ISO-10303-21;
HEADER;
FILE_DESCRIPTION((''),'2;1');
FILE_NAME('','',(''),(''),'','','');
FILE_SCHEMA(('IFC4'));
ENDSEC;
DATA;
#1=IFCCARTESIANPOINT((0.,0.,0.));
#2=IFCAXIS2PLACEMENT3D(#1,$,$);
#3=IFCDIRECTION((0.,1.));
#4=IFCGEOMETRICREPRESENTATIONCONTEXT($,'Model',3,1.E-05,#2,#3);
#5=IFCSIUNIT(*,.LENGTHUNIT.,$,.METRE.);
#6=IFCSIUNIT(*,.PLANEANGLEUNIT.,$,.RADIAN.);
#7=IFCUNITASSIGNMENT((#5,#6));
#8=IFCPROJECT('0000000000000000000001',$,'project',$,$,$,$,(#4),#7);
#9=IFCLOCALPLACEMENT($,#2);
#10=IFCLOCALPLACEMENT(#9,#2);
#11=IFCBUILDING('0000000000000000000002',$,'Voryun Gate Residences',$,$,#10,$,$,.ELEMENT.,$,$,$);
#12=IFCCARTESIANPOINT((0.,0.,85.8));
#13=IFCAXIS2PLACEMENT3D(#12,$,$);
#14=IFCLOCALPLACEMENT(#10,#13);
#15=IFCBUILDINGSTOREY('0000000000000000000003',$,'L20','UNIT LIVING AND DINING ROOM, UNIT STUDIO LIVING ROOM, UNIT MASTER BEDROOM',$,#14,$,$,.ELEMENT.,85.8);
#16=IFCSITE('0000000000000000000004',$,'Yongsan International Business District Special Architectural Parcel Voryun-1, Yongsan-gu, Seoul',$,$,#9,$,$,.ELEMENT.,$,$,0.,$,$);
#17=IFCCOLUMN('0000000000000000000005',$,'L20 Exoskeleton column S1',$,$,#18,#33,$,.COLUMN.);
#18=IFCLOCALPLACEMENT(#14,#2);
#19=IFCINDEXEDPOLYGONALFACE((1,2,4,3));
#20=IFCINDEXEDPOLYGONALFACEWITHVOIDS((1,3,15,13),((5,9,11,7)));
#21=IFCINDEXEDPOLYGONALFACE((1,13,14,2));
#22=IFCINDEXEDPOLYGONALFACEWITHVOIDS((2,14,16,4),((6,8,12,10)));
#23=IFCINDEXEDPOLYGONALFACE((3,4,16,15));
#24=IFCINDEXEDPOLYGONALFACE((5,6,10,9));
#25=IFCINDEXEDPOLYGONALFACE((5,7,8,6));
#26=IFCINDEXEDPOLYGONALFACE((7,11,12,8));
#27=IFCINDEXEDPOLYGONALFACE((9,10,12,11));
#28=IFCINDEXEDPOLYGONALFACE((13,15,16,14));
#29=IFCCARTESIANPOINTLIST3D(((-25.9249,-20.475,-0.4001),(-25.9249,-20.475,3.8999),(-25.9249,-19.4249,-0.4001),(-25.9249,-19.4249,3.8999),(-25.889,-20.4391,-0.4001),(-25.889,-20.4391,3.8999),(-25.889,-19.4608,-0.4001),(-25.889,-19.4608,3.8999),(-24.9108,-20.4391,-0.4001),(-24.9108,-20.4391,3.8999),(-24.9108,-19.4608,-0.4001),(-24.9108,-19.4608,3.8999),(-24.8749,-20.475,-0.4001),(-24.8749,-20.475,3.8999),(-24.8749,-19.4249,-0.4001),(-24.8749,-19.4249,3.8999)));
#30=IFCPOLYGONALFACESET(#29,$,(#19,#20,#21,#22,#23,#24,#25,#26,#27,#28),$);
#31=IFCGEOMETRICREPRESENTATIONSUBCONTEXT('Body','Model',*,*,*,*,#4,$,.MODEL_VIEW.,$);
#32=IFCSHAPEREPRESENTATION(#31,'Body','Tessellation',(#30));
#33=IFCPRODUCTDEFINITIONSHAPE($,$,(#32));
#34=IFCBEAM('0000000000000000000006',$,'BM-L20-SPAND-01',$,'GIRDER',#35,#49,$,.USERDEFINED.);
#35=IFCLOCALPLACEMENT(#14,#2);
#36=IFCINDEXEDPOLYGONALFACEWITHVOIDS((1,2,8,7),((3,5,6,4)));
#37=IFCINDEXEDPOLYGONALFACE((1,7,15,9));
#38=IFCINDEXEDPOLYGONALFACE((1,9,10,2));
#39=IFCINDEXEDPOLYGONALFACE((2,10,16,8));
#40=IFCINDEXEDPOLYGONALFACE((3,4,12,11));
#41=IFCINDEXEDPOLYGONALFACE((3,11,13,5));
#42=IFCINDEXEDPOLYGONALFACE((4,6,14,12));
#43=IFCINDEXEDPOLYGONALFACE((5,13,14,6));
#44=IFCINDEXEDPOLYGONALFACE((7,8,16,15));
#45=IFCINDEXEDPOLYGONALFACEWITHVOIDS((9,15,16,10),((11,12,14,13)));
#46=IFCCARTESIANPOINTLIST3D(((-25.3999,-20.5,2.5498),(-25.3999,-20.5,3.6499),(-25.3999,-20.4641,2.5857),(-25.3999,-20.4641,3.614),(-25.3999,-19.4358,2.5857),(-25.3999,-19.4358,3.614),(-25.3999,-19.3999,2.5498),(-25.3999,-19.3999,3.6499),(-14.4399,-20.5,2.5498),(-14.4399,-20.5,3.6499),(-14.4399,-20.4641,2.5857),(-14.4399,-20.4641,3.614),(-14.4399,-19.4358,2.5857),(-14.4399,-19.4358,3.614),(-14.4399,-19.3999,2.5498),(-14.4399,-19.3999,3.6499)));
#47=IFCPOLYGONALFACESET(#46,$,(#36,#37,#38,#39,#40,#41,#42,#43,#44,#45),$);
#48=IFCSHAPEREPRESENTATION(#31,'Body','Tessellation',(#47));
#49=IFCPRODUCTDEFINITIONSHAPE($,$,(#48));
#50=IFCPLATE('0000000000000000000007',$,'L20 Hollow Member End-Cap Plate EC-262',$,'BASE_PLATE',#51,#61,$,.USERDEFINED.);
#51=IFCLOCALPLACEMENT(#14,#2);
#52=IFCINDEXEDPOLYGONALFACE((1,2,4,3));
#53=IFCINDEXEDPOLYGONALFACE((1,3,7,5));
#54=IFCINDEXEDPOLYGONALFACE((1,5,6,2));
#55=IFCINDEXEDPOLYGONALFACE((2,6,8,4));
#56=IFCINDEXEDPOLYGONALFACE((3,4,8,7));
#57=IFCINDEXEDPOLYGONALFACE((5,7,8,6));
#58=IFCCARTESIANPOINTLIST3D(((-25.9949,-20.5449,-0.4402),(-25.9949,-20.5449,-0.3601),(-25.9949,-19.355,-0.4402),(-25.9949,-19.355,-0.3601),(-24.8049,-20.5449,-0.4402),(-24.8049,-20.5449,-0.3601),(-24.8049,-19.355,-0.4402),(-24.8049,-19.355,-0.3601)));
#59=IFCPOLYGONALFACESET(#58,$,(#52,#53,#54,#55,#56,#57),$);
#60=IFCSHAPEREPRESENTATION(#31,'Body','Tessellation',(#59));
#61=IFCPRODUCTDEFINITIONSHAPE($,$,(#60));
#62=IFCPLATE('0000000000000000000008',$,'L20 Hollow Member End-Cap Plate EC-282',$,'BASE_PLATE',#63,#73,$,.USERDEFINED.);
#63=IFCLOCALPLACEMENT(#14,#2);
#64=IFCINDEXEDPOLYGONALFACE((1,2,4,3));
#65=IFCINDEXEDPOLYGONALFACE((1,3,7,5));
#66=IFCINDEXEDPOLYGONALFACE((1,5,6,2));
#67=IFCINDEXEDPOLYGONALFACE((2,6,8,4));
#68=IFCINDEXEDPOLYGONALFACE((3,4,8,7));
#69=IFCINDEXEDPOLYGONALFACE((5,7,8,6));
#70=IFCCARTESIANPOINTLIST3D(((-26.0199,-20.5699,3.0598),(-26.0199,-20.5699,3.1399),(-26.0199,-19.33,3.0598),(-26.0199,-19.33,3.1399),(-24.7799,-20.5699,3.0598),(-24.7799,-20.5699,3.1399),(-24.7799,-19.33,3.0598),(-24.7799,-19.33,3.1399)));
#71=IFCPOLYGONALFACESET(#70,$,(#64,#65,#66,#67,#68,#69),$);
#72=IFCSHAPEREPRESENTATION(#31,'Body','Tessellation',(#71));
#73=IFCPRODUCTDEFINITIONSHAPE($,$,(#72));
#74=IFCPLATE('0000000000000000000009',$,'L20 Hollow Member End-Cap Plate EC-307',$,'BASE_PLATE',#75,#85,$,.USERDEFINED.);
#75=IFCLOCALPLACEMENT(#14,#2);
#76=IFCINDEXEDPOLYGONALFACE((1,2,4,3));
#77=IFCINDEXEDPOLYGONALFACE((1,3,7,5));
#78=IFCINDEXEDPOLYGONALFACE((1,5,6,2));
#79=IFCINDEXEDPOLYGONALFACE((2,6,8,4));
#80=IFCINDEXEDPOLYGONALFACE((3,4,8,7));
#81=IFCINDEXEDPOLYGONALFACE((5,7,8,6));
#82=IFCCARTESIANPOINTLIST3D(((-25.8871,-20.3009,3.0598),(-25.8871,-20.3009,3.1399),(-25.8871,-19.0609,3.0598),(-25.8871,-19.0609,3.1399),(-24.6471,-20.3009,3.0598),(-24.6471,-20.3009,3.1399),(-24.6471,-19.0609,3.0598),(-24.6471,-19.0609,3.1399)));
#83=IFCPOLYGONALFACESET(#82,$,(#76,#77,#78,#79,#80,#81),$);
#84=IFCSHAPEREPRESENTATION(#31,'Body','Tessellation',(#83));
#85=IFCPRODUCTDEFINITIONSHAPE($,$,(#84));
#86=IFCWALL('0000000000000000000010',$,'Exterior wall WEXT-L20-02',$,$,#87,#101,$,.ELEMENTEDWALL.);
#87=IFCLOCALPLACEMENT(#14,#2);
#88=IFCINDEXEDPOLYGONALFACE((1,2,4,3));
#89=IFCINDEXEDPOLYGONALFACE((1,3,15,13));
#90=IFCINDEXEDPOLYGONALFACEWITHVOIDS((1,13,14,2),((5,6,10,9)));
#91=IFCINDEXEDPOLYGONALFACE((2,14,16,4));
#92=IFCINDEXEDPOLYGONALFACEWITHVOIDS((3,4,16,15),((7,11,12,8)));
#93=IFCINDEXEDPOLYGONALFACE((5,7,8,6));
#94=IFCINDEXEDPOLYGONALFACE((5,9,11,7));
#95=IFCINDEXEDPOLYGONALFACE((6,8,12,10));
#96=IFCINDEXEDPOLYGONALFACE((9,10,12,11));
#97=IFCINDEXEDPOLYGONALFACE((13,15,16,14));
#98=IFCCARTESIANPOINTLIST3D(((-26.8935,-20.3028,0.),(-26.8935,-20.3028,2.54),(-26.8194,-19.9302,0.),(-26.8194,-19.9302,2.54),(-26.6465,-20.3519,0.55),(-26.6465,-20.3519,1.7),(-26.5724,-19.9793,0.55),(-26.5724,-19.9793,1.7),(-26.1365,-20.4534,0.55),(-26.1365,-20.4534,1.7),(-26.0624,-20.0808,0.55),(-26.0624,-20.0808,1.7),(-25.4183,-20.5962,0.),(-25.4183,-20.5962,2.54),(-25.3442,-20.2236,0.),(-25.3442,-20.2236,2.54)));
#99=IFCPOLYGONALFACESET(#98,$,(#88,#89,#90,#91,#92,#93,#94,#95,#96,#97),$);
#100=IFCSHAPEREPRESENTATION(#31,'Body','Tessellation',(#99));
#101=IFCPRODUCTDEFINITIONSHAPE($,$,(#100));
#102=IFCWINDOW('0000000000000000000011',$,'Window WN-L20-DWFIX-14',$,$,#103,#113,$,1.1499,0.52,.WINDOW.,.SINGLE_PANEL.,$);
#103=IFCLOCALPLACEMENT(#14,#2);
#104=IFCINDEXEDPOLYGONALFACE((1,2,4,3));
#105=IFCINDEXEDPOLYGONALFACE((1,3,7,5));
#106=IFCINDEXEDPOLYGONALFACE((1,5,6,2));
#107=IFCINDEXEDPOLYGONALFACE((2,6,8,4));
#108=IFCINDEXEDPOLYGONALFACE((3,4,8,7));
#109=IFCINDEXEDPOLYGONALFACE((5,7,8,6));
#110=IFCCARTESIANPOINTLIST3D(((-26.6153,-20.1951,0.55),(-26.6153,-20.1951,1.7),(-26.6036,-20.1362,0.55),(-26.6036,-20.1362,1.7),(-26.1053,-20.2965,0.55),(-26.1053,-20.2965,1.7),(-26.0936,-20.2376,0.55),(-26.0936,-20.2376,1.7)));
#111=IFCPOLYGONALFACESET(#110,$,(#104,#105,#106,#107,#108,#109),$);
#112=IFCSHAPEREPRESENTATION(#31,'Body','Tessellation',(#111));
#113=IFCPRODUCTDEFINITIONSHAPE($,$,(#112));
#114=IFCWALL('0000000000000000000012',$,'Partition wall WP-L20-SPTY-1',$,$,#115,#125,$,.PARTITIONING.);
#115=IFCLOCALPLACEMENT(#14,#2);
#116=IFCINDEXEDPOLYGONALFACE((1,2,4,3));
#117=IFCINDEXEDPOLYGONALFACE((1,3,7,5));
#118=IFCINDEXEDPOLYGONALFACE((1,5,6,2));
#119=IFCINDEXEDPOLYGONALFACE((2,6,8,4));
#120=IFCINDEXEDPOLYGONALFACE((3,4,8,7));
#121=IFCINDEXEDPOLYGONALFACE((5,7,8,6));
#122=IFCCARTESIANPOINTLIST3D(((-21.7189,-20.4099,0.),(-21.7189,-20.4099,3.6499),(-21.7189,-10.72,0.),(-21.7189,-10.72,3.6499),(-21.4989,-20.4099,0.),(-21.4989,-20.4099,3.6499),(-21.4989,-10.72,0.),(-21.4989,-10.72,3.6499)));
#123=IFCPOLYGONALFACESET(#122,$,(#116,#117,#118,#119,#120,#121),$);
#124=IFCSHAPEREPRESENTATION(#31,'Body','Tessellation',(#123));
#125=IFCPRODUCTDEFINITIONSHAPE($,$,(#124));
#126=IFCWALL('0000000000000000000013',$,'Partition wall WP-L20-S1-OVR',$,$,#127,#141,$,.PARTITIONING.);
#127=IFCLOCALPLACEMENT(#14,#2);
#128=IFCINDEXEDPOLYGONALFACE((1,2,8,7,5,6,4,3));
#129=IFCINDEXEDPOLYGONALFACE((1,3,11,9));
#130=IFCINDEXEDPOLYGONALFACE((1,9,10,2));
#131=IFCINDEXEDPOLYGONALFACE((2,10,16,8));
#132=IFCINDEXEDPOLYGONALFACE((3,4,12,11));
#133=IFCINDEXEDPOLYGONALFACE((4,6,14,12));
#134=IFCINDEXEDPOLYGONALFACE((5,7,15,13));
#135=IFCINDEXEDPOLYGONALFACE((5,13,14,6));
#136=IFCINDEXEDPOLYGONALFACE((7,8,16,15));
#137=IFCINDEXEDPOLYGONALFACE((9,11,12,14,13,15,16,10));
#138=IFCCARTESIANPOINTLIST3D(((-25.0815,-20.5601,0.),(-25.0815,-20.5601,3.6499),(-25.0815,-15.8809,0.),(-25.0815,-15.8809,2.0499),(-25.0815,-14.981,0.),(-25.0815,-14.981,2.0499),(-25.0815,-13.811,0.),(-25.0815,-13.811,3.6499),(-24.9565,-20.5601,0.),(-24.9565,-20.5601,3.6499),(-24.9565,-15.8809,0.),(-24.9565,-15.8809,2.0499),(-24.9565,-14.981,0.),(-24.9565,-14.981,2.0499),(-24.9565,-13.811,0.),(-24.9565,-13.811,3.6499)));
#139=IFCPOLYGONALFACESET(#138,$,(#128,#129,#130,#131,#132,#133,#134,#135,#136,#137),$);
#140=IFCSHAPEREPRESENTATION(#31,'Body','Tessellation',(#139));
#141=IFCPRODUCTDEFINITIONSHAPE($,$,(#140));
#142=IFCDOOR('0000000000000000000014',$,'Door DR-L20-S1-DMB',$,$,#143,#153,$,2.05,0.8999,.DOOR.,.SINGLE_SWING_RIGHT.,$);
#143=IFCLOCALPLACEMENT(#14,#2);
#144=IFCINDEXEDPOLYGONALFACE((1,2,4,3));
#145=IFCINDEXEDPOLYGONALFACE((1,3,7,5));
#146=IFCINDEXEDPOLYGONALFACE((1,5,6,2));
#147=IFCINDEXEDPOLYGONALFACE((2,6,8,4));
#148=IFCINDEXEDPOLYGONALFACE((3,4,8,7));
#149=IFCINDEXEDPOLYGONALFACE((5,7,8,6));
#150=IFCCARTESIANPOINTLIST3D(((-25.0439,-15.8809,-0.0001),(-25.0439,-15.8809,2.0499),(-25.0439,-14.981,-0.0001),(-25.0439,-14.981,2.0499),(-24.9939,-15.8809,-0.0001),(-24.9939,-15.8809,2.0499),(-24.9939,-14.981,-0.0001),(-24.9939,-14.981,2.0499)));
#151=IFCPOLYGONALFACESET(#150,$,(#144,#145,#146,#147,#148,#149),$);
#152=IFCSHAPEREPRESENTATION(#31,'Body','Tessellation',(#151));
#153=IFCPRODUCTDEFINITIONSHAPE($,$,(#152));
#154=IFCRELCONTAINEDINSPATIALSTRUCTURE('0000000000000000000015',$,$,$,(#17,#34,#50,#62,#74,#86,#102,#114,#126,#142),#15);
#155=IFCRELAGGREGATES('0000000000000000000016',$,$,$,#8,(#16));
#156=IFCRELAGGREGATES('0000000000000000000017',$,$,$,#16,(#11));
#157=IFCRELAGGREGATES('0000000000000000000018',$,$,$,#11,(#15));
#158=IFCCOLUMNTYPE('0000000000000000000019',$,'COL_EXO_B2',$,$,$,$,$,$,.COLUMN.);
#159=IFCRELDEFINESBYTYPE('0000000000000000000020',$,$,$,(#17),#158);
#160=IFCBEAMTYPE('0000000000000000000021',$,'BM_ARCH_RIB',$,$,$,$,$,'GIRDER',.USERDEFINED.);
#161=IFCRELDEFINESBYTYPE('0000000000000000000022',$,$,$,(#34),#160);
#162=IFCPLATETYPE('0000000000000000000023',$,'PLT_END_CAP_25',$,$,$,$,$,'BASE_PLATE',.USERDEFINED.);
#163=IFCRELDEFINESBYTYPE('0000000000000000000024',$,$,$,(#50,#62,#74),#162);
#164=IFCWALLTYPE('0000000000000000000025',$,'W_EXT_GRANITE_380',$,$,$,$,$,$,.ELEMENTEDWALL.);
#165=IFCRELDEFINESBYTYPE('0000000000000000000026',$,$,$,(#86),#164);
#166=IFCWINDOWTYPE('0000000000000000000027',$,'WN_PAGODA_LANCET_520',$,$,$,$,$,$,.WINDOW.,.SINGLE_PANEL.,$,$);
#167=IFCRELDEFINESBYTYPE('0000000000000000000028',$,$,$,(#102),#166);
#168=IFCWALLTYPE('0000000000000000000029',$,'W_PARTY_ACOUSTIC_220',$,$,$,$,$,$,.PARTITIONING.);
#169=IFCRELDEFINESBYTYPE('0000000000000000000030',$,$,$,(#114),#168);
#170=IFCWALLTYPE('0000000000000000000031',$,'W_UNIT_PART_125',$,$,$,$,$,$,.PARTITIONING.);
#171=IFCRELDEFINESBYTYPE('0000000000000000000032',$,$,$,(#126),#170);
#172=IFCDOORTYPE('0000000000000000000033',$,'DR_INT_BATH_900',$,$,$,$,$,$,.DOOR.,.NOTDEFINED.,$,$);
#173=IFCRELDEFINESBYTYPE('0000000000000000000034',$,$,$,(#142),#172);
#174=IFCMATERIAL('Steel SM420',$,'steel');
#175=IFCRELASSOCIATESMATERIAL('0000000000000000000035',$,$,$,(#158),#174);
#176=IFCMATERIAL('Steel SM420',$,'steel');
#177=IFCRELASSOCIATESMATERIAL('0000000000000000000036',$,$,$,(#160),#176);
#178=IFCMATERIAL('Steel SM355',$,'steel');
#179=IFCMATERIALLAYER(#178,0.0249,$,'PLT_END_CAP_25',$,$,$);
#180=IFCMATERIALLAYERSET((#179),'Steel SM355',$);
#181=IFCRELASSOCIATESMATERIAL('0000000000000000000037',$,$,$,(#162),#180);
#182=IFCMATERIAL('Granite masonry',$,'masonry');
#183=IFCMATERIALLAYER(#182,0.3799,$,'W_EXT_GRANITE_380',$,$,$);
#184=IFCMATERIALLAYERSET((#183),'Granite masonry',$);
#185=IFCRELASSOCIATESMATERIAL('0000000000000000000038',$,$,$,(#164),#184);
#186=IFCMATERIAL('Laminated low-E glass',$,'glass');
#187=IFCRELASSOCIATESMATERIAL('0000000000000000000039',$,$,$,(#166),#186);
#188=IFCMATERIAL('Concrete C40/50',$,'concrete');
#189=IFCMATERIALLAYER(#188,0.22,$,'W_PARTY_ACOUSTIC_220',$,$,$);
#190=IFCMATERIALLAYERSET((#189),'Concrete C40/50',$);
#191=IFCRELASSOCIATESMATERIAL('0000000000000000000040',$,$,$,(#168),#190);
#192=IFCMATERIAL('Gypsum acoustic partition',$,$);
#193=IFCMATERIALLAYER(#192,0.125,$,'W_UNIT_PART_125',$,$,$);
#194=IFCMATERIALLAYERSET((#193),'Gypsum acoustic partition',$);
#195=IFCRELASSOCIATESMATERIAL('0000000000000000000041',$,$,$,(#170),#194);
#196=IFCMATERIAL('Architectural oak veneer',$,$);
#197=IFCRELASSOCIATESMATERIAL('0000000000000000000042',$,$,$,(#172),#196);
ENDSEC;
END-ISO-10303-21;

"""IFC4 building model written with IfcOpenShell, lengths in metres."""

from ifc_helpers import new_model, si_unit, direction, frame, frame_2d, origin, origin_2d, place, context, subcontext, project, spatial, rectangle, hollow_rectangle, extrude, material, layer, layer_set, material_profile, profile_set, type_object, element, fill, save


model = new_model("IFC4")

# Units and contexts
model_context = context("Model", 3, precision=1e-05, world=origin(), true_north=direction((0.0, 1.0)))
body_context = subcontext(model_context, "Body", "Model", "MODEL_VIEW")
ifc_project = project(units=[si_unit("LENGTHUNIT", "METRE"), si_unit("PLANEANGLEUNIT", "RADIAN")], contexts=[model_context])

# Site, building, storey
site_placement = place(None, origin())
site = spatial("IfcSite", under=ifc_project, at=site_placement, Name="Yongsan International Business District Special Architectural Parcel Voryun-1, Yongsan-gu, Seoul", CompositionType="ELEMENT", RefElevation=0.0)
building_placement = place(site_placement, origin())
building = spatial("IfcBuilding", under=site, at=building_placement, Name="Voryun Gate Residences", CompositionType="ELEMENT")
storey_placement = place(building_placement, frame((0.0, 0.0, 85.8)))
storey = spatial("IfcBuildingStorey", under=building, at=storey_placement, Name="L20", Description="UNIT LIVING AND DINING ROOM, UNIT STUDIO LIVING ROOM, UNIT MASTER BEDROOM", CompositionType="ELEMENT", Elevation=85.8)

# Column
ifc_material_1 = material(Name="Steel SM420", Category="steel")
ifc_material_profile_1 = material_profile(ifc_material_1, hollow_rectangle(XDim=1.05, YDim=1.05, WallThickness=0.0359, at=origin_2d()), Name="BOX-1050x1050x36")
ifc_profile_set_1 = profile_set([ifc_material_profile_1], Name="Steel SM420")
column_type = type_object("IfcColumnType", Name="COL_EXO_B2", PredefinedType="COLUMN", material=ifc_profile_set_1)
column_placement = place(storey_placement, frame((-25.3999, -19.95, -0.4001), z_axis=(0.0, 0.0, 1.0), x_axis=(1.0, 0.0, 0.0)))
element("IfcColumn", 1, at=column_placement, inside=storey, type_object=column_type, Name="L20 Exoskeleton column S1", PredefinedType="COLUMN", context=body_context, shape_type="SweptSolid", body=[
    extrude(hollow_rectangle(XDim=1.05, YDim=1.05, WallThickness=0.0359, at=origin_2d()), origin(), (0.0, 0.0, 1.0), 4.3),
])

# Beam
ifc_material_2 = material(Name="Steel SM420", Category="steel")
ifc_material_profile_2 = material_profile(ifc_material_2, hollow_rectangle(XDim=1.1001, YDim=1.1001, WallThickness=0.0359, at=origin_2d()), Name="BOX-1100x1100x36")
ifc_profile_set_2 = profile_set([ifc_material_profile_2], Name="Steel SM420")
beam_type = type_object("IfcBeamType", Name="BM_ARCH_RIB", ElementType="GIRDER", PredefinedType="USERDEFINED", material=ifc_profile_set_2)
beam_placement = place(storey_placement, frame((-25.3999, -19.95, 3.0999), z_axis=(1.0, 0.0, 0.0), x_axis=(0.0, 1.0, 0.0)))
element("IfcBeam", 2, at=beam_placement, inside=storey, type_object=beam_type, Name="BM-L20-SPAND-01", ObjectType="GIRDER", PredefinedType="USERDEFINED", context=body_context, shape_type="SweptSolid", body=[
    extrude(hollow_rectangle(XDim=1.1001, YDim=1.1001, WallThickness=0.0359, at=origin_2d()), origin(), (0.0, 0.0, 1.0), 10.96),
])

# Plates
ifc_material_3 = material(Name="Steel SM355", Category="steel")
ifc_layer_1 = layer(ifc_material_3, 0.0249, Name="PLT_END_CAP_25")
ifc_layer_set_1 = layer_set([ifc_layer_1], Name="Steel SM355")
plate_type = type_object("IfcPlateType", Name="PLT_END_CAP_25", ElementType="BASE_PLATE", PredefinedType="USERDEFINED", material=ifc_layer_set_1)
plate_placement = place(storey_placement, frame((-25.3999, -19.95, -0.4402), z_axis=(0.0, 0.0, 1.0), x_axis=(1.0, 0.0, 0.0)))
element("IfcPlate", 3, at=plate_placement, inside=storey, type_object=plate_type, Name="L20 Hollow Member End-Cap Plate EC-262", ObjectType="BASE_PLATE", PredefinedType="USERDEFINED", context=body_context, shape_type="SweptSolid", body=[
    extrude(rectangle(XDim=1.1899, YDim=1.1899, at=origin_2d()), origin(), (0.0, 0.0, 1.0), 0.0801),
])
for number, where, z_axis, x_axis, name in (
    (4, (-25.3999, -19.95, 3.0598), (0.0, 0.0, 1.0), (1.0, 0.0, 0.0), "L20 Hollow Member End-Cap Plate EC-282"),
    (5, (-25.2671, -19.6809, 3.0598), (0.0, 0.0, 1.0), (1.0, 0.0, 0.0), "L20 Hollow Member End-Cap Plate EC-307"),
):
    element("IfcPlate", number, at=place(storey_placement, frame(where, z_axis=z_axis, x_axis=x_axis)), inside=storey, type_object=plate_type, Name=name, ObjectType="BASE_PLATE", PredefinedType="USERDEFINED", context=body_context, shape_type="SweptSolid", body=[
        extrude(rectangle(XDim=1.24, YDim=1.24, at=origin_2d()), origin(), (0.0, 0.0, 1.0), 0.0801),
    ])

# Wall, opening, window
ifc_material_4 = material(Name="Granite masonry", Category="masonry")
ifc_layer_2 = layer(ifc_material_4, 0.3799, Name="W_EXT_GRANITE_380")
ifc_layer_set_2 = layer_set([ifc_layer_2], Name="Granite masonry")
wall_type_1 = type_object("IfcWallType", Name="W_EXT_GRANITE_380", PredefinedType="ELEMENTEDWALL", material=ifc_layer_set_2)
wall_1_placement = place(storey_placement, frame((-25.3813, -20.4099, 0.0), z_axis=(0.0, 0.0, 1.0), x_axis=(-0.980786, 0.195086, 0.0)))
wall_1 = element("IfcWall", 6, at=wall_1_placement, inside=storey, type_object=wall_type_1, Name="Exterior wall WEXT-L20-02", PredefinedType="ELEMENTEDWALL", context=body_context, shape_type="SweptSolid", body=[
    extrude(rectangle(XDim=1.5042, YDim=0.3799, at=frame_2d((0.752, 0.0))), origin(), (0.0, 0.0, 1.0), 2.54),
])
opening_1_placement = place(wall_1_placement, frame((0.7322, 0.0, 0.55)))
opening_1 = element("IfcOpeningElement", 7, at=opening_1_placement, cuts=wall_1, PredefinedType="OPENING", context=body_context, shape_type="SweptSolid", body=[
    extrude(rectangle(XDim=0.52, YDim=1.1499, at=frame_2d((0.26, 0.575))), frame((0.0, 0.2, 0.0), z_axis=(0.0, -1.0, 0.0), x_axis=(1.0, 0.0, 0.0)), (0.0, 0.0, 1.0), 0.3999),
])
ifc_material_5 = material(Name="Laminated low-E glass", Category="glass")
window_type = type_object("IfcWindowType", Name="WN_PAGODA_LANCET_520", PartitioningType="SINGLE_PANEL", PredefinedType="WINDOW", material=ifc_material_5)
window_placement = place(opening_1_placement, origin())
window = element("IfcWindow", 8, at=window_placement, inside=storey, type_object=window_type, Name="Window WN-L20-DWFIX-14", OverallHeight=1.1499, OverallWidth=0.52, PartitioningType="SINGLE_PANEL", PredefinedType="WINDOW", context=body_context, shape_type="SweptSolid", body=[
    extrude(rectangle(XDim=0.52, YDim=1.1499, at=frame_2d((0.26, 0.575))), frame((0.0, 0.03, 0.0), z_axis=(0.0, -1.0, 0.0), x_axis=(1.0, 0.0, 0.0)), (0.0, 0.0, 1.0), 0.0601),
])
fill(opening_1, window)

# Wall
ifc_material_6 = material(Name="Concrete C40/50", Category="concrete")
ifc_layer_3 = layer(ifc_material_6, 0.22, Name="W_PARTY_ACOUSTIC_220")
ifc_layer_set_3 = layer_set([ifc_layer_3], Name="Concrete C40/50")
wall_type_2 = type_object("IfcWallType", Name="W_PARTY_ACOUSTIC_220", PredefinedType="PARTITIONING", material=ifc_layer_set_3)
wall_2_placement = place(storey_placement, frame((-21.6089, -20.4099, 0.0), z_axis=(0.0, 0.0, 1.0), x_axis=(0.0, 1.0, 0.0)))
element("IfcWall", 9, at=wall_2_placement, inside=storey, type_object=wall_type_2, Name="Partition wall WP-L20-SPTY-1", PredefinedType="PARTITIONING", context=body_context, shape_type="SweptSolid", body=[
    extrude(rectangle(XDim=9.6899, YDim=0.22, at=frame_2d((4.845, 0.0))), origin(), (0.0, 0.0, 1.0), 3.6499),
])

# Wall, opening, door
ifc_material_7 = material(Name="Gypsum acoustic partition")
ifc_layer_4 = layer(ifc_material_7, 0.125, Name="W_UNIT_PART_125")
ifc_layer_set_4 = layer_set([ifc_layer_4], Name="Gypsum acoustic partition")
wall_type_3 = type_object("IfcWallType", Name="W_UNIT_PART_125", PredefinedType="PARTITIONING", material=ifc_layer_set_4)
wall_3_placement = place(storey_placement, frame((-25.019, -20.5601, 0.0), z_axis=(0.0, 0.0, 1.0), x_axis=(0.0, 1.0, 0.0)))
wall_3 = element("IfcWall", 10, at=wall_3_placement, inside=storey, type_object=wall_type_3, Name="Partition wall WP-L20-S1-OVR", PredefinedType="PARTITIONING", context=body_context, shape_type="SweptSolid", body=[
    extrude(rectangle(XDim=6.749, YDim=0.125, at=frame_2d((3.3745, 0.0))), origin(), (0.0, 0.0, 1.0), 3.6499),
])
opening_2_placement = place(wall_3_placement, frame((4.6792, 0.0, 0.0)))
opening_2 = element("IfcOpeningElement", 11, at=opening_2_placement, cuts=wall_3, PredefinedType="OPENING", context=body_context, shape_type="SweptSolid", body=[
    extrude(rectangle(XDim=0.8999, YDim=2.05, at=frame_2d((0.45, 1.0249))), frame((0.0, 0.0725, 0.0), z_axis=(0.0, -1.0, 0.0), x_axis=(1.0, 0.0, 0.0)), (0.0, 0.0, 1.0), 0.145),
])
ifc_material_8 = material(Name="Architectural oak veneer")
door_type_1 = type_object("IfcDoorType", Name="DR_INT_BATH_900", OperationType="NOTDEFINED", PredefinedType="DOOR", material=ifc_material_8)
door_1_placement = place(opening_2_placement, origin())
door_1 = element("IfcDoor", 12, at=door_1_placement, inside=storey, type_object=door_type_1, Name="Door DR-L20-S1-DMB", OperationType="SINGLE_SWING_RIGHT", OverallHeight=2.05, OverallWidth=0.8999, PredefinedType="DOOR", context=body_context, shape_type="SweptSolid", body=[
    extrude(rectangle(XDim=0.8999, YDim=2.05, at=frame_2d((0.45, 1.0249))), frame((0.0, 0.0249, 0.0), z_axis=(0.0, -1.0, 0.0), x_axis=(1.0, 0.0, 0.0)), (0.0, 0.0, 1.0), 0.05),
])
fill(opening_2, door_1)

save(model, "model.ifc")
